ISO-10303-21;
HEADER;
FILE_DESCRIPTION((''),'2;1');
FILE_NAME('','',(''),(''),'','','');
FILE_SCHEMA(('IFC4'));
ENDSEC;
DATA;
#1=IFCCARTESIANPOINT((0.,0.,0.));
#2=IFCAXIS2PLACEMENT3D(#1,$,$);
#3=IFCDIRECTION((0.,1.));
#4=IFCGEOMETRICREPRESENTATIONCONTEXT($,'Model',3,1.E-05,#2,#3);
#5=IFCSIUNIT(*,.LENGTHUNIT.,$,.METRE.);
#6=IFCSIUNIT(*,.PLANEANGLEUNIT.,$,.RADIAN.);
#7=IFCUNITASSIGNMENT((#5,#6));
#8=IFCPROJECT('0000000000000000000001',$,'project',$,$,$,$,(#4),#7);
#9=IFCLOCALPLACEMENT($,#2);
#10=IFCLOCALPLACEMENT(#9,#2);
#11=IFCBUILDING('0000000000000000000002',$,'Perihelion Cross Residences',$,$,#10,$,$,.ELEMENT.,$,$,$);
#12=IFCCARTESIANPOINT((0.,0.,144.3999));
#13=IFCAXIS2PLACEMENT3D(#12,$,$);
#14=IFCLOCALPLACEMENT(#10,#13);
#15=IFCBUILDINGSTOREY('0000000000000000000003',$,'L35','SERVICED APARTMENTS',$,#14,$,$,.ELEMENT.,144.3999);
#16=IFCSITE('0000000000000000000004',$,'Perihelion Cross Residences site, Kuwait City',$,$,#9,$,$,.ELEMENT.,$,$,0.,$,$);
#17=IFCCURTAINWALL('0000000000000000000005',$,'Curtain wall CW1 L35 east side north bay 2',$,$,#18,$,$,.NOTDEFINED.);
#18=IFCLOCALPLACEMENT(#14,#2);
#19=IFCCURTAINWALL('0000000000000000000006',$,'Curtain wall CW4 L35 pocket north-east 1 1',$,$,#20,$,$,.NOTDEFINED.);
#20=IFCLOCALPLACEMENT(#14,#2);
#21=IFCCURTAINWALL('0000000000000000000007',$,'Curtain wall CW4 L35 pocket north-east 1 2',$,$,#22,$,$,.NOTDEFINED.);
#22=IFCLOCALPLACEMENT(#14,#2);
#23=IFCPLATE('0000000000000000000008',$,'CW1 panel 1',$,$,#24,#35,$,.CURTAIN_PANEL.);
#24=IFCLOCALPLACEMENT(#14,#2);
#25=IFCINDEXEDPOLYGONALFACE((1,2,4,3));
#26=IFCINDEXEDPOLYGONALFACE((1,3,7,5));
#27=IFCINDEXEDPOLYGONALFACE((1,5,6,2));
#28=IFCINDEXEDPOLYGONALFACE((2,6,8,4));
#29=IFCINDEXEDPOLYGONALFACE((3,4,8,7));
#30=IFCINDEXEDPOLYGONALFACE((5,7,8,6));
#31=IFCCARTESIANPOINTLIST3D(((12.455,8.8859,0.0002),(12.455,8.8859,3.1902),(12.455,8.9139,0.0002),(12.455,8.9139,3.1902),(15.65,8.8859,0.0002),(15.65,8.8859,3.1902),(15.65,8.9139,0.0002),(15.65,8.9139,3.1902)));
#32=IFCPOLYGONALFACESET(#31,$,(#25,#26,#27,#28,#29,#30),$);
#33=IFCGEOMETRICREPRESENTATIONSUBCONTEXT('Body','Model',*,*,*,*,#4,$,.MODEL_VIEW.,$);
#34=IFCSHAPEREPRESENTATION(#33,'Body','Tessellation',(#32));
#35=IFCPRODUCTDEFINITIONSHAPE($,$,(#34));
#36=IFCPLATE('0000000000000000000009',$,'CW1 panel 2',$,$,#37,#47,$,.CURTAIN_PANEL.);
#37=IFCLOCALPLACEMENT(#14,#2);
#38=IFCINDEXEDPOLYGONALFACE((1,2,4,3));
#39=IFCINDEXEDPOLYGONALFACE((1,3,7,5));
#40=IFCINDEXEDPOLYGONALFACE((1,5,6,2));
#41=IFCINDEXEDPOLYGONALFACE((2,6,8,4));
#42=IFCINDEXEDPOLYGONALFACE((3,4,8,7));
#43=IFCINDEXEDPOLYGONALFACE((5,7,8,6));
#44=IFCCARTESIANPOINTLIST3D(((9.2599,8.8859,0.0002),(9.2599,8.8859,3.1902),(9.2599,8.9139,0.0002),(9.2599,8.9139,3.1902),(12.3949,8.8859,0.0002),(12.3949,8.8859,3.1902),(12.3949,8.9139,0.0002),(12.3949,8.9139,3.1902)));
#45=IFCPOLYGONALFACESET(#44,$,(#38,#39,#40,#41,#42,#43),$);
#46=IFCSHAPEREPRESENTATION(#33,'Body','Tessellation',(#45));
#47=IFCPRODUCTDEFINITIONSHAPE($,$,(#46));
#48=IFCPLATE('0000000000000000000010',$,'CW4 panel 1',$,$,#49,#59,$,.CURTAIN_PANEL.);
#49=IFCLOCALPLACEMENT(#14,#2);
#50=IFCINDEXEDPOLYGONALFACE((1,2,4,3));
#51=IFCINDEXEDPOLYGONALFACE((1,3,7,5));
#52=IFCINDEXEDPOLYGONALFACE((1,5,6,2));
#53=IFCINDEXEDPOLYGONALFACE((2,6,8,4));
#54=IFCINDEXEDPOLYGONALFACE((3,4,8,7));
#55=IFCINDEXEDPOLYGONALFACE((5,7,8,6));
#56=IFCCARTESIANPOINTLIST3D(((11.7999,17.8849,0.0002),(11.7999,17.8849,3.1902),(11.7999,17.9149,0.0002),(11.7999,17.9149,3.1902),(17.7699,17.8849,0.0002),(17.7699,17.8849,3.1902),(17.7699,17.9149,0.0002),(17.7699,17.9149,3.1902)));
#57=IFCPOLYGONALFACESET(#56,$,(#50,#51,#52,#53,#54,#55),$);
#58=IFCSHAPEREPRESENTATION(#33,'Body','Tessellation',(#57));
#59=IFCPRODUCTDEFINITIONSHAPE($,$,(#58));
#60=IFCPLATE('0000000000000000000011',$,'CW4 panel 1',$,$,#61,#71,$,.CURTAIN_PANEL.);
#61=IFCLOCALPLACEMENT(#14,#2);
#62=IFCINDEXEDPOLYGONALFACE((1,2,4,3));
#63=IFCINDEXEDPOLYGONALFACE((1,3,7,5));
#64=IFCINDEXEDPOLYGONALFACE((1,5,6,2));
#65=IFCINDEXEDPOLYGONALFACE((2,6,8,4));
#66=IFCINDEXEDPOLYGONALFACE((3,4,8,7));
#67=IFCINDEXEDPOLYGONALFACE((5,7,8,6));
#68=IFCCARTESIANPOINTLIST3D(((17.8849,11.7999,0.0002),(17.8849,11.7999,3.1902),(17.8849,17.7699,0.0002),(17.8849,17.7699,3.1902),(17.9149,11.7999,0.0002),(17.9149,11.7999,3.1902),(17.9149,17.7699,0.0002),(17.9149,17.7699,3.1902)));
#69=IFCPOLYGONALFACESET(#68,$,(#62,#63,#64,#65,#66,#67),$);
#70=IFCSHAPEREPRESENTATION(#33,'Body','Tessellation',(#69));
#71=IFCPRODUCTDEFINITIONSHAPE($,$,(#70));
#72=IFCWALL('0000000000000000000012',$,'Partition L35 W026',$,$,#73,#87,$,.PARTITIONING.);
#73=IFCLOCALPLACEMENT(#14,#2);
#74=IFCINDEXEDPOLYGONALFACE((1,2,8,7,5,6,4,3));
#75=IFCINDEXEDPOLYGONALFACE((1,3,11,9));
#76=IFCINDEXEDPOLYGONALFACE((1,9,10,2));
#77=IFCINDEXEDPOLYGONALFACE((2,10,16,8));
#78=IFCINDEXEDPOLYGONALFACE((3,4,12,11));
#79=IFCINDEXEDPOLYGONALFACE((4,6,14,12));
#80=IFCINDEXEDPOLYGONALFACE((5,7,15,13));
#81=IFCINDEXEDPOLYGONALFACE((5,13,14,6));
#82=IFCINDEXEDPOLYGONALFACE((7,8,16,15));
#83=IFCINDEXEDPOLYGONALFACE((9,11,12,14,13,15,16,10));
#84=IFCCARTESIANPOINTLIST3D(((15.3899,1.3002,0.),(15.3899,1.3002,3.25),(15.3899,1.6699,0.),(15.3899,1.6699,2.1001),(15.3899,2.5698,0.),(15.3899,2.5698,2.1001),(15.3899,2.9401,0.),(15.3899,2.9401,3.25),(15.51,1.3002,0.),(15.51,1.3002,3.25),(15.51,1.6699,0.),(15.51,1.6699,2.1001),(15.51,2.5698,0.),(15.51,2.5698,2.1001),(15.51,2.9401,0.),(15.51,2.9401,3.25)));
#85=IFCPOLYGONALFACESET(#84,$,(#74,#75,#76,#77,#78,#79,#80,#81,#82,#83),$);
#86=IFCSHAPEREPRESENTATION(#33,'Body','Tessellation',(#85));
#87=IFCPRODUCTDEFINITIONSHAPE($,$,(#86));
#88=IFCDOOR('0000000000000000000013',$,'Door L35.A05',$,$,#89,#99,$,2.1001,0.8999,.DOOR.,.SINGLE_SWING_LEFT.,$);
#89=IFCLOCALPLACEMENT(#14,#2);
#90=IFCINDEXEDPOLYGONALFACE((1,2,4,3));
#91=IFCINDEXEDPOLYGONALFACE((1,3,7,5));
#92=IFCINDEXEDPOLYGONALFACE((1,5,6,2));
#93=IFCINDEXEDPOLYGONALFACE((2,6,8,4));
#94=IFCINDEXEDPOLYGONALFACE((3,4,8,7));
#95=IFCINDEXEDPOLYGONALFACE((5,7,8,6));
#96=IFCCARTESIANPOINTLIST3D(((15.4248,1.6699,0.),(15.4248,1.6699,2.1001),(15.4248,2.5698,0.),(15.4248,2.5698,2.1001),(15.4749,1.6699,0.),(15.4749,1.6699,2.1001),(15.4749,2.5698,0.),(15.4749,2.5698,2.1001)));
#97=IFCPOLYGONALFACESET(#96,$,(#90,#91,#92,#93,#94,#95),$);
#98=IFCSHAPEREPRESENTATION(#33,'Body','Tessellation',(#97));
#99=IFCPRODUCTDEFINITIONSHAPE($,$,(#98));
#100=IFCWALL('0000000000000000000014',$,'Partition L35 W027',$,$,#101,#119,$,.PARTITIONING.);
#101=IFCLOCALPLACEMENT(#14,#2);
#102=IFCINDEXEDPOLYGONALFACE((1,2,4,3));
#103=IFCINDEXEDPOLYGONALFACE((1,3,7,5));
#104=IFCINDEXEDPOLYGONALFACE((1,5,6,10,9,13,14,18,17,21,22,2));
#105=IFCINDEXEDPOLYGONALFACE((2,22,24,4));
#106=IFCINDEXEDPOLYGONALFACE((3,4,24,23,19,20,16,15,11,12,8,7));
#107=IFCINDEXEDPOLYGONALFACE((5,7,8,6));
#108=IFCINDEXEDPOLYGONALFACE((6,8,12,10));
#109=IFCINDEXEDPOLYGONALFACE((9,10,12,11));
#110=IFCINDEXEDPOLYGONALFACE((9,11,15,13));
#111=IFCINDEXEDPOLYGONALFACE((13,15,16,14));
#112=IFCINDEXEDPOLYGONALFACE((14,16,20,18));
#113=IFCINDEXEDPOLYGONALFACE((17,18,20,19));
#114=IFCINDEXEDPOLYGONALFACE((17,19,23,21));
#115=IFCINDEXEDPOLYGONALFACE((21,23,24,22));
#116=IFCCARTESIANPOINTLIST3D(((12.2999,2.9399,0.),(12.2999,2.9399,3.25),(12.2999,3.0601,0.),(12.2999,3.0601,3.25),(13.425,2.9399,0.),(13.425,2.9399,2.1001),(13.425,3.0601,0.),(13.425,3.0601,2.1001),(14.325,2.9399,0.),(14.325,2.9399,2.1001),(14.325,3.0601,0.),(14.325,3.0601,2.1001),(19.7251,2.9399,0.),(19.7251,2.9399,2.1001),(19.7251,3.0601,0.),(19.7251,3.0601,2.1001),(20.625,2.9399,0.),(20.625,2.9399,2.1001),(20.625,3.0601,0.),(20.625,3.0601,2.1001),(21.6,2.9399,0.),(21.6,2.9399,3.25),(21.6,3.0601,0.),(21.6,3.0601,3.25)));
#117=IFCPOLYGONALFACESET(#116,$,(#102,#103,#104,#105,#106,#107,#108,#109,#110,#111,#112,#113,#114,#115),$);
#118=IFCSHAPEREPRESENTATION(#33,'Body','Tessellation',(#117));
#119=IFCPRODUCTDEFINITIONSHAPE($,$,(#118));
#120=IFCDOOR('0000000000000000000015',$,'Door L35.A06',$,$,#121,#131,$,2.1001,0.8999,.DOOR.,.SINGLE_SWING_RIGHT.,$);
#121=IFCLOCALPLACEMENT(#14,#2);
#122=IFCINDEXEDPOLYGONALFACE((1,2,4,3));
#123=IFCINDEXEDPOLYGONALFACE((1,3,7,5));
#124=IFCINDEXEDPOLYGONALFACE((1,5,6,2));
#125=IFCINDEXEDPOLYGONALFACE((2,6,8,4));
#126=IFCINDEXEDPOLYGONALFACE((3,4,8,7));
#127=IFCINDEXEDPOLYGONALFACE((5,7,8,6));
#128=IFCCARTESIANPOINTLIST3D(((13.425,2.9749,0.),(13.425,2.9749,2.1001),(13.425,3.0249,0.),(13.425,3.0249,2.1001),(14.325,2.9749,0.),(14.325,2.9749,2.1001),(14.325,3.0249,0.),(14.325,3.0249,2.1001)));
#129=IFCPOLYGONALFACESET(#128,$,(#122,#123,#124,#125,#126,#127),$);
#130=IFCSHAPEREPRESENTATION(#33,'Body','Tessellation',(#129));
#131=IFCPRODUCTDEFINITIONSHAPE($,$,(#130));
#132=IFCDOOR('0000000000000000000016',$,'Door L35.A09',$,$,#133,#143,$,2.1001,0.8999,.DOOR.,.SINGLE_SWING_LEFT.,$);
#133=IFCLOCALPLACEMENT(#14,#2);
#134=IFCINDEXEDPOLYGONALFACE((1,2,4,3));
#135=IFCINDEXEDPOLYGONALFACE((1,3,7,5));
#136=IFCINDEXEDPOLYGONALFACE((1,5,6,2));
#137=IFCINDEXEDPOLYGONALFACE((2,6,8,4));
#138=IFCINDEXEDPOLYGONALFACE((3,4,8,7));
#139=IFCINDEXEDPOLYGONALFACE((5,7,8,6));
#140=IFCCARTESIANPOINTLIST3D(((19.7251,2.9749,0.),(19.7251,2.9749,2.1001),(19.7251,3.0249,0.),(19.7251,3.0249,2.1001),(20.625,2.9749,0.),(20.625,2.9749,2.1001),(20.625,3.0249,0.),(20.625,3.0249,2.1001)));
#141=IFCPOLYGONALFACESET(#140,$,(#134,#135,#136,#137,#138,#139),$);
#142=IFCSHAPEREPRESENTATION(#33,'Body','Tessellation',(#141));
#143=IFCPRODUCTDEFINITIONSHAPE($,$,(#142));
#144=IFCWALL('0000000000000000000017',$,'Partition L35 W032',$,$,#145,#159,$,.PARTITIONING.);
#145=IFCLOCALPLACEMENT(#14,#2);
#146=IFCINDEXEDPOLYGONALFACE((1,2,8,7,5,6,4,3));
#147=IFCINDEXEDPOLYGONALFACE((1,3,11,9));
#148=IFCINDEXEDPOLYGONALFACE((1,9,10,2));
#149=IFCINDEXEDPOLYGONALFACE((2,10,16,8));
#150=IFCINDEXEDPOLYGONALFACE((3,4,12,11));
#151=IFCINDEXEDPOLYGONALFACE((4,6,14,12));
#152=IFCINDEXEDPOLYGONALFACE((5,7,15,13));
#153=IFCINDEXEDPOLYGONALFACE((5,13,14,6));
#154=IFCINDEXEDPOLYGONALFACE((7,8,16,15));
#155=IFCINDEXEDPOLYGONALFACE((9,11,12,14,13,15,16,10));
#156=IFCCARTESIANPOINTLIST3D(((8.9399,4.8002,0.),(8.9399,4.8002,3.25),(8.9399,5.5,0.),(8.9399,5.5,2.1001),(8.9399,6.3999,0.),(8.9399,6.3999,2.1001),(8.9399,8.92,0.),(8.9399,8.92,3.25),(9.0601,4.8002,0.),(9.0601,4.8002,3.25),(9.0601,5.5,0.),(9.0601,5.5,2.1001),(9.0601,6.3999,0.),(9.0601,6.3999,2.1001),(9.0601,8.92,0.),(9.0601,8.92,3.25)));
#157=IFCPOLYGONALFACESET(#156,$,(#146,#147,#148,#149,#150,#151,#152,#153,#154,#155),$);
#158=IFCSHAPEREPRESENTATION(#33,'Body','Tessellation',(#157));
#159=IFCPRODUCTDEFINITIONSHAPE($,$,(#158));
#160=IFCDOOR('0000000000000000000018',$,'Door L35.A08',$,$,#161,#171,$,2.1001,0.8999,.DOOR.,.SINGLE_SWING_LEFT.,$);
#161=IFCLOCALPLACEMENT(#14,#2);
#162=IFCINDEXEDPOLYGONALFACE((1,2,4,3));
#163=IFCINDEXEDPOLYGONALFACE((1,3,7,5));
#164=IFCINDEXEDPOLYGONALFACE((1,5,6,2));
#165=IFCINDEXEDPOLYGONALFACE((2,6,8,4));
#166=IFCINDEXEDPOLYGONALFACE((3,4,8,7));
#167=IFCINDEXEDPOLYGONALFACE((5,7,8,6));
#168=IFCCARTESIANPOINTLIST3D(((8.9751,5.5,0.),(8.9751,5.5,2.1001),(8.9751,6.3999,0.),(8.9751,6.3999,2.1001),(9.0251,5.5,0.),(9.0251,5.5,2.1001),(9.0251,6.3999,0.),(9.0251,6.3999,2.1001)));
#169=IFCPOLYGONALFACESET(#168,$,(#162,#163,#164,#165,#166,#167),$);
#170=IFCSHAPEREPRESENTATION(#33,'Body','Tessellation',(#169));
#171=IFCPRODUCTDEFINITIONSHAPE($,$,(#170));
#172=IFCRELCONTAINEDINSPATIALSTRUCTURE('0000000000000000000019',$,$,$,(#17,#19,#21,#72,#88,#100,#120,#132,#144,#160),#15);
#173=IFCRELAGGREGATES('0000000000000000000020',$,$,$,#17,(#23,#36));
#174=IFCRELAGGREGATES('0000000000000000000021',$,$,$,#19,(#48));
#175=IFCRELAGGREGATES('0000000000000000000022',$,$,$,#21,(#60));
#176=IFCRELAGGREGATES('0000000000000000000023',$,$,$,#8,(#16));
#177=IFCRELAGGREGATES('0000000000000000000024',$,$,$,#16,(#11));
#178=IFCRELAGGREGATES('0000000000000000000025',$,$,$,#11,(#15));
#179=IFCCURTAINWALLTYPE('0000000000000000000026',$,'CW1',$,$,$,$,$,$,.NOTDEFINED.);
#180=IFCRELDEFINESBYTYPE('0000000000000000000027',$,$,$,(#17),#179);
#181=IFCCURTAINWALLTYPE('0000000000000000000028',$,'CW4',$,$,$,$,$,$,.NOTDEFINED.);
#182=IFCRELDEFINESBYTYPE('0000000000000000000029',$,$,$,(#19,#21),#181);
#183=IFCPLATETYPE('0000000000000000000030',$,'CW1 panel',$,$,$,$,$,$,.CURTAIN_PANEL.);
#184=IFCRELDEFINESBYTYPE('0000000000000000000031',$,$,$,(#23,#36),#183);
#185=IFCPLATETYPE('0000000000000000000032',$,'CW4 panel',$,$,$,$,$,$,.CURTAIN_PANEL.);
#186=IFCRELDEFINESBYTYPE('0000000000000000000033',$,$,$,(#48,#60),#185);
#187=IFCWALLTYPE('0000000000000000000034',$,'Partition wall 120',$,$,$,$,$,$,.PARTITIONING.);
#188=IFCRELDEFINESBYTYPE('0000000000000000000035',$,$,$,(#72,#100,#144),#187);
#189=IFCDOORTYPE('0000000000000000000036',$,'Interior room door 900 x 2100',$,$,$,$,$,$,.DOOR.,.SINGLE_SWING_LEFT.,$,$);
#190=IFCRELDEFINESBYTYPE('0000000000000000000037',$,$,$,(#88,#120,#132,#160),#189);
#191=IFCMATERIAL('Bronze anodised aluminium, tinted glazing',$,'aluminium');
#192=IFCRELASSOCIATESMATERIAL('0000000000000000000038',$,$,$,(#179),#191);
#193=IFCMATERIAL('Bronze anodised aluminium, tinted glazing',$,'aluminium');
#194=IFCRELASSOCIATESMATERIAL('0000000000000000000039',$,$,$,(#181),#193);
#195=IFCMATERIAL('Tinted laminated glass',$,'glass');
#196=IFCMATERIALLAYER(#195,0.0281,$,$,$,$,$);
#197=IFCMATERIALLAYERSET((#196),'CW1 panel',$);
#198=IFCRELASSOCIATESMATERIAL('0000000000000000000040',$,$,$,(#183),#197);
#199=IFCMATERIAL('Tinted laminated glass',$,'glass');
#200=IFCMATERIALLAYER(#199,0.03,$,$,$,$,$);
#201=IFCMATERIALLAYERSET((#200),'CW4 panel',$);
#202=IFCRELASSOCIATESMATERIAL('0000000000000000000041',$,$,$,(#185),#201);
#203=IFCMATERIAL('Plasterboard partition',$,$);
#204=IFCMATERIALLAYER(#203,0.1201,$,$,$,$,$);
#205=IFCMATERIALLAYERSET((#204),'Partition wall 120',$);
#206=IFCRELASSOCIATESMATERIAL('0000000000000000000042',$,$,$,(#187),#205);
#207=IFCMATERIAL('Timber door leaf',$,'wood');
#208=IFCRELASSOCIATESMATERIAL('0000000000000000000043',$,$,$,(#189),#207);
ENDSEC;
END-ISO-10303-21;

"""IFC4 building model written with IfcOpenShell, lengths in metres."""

from ifc_helpers import new_model, si_unit, direction, frame, frame_2d, origin, origin_2d, place, context, subcontext, project, spatial, rectangle, extrude, material, layer, layer_set, type_object, element, fill, aggregate, save


model = new_model("IFC4")

# Units and contexts
model_context = context("Model", 3, precision=1e-05, world=origin(), true_north=direction((0.0, 1.0)))
body_context = subcontext(model_context, "Body", "Model", "MODEL_VIEW")
ifc_project = project(units=[si_unit("LENGTHUNIT", "METRE"), si_unit("PLANEANGLEUNIT", "RADIAN")], contexts=[model_context])

# Site, building, storey
site_placement = place(None, origin())
site = spatial("IfcSite", under=ifc_project, at=site_placement, Name="Perihelion Cross Residences site, Kuwait City", CompositionType="ELEMENT", RefElevation=0.0)
building_placement = place(site_placement, origin())
building = spatial("IfcBuilding", under=site, at=building_placement, Name="Perihelion Cross Residences", CompositionType="ELEMENT")
storey_placement = place(building_placement, frame((0.0, 0.0, 144.3999)))
storey = spatial("IfcBuildingStorey", under=building, at=storey_placement, Name="L35", Description="SERVICED APARTMENTS", CompositionType="ELEMENT", Elevation=144.3999)

# Curtain walls
ifc_material_1 = material(Name="Bronze anodised aluminium, tinted glazing", Category="aluminium")
curtain_wall_type_1 = type_object("IfcCurtainWallType", Name="CW1", PredefinedType="NOTDEFINED", material=ifc_material_1)
curtain_wall_1_placement = place(storey_placement, origin())
curtain_wall_1 = element("IfcCurtainWall", 1, at=curtain_wall_1_placement, inside=storey, type_object=curtain_wall_type_1, Name="Curtain wall CW1 L35 east side north bay 2", PredefinedType="NOTDEFINED")
ifc_material_2 = material(Name="Bronze anodised aluminium, tinted glazing", Category="aluminium")
curtain_wall_type_2 = type_object("IfcCurtainWallType", Name="CW4", PredefinedType="NOTDEFINED", material=ifc_material_2)
curtain_wall_2_placement = place(storey_placement, origin())
curtain_wall_2 = element("IfcCurtainWall", 2, at=curtain_wall_2_placement, inside=storey, type_object=curtain_wall_type_2, Name="Curtain wall CW4 L35 pocket north-east 1 1", PredefinedType="NOTDEFINED")
curtain_wall_3_placement = place(storey_placement, origin())
curtain_wall_3 = element("IfcCurtainWall", 3, at=curtain_wall_3_placement, inside=storey, type_object=curtain_wall_type_2, Name="Curtain wall CW4 L35 pocket north-east 1 2", PredefinedType="NOTDEFINED")

# Plates
ifc_material_3 = material(Name="Tinted laminated glass", Category="glass")
ifc_layer_1 = layer(ifc_material_3, 0.0281)
ifc_layer_set_1 = layer_set([ifc_layer_1], Name="CW1 panel")
plate_type_1 = type_object("IfcPlateType", Name="CW1 panel", PredefinedType="CURTAIN_PANEL", material=ifc_layer_set_1)
plate_1_placement = place(storey_placement, frame((14.0525, 8.8999, 0.0002), z_axis=(0.0, 0.0, 1.0), x_axis=(-1.0, 0.0, 0.0)))
plate_1 = element("IfcPlate", 4, at=plate_1_placement, type_object=plate_type_1, Name="CW1 panel 1", PredefinedType="CURTAIN_PANEL", context=body_context, shape_type="SweptSolid", body=[
    extrude(rectangle(XDim=3.1951, YDim=0.0281, at=origin_2d()), origin(), (0.0, 0.0, 1.0), 3.1899),
])
plate_2_placement = place(storey_placement, frame((10.8274, 8.8999, 0.0002), z_axis=(0.0, 0.0, 1.0), x_axis=(-1.0, 0.0, 0.0)))
plate_2 = element("IfcPlate", 5, at=plate_2_placement, type_object=plate_type_1, Name="CW1 panel 2", PredefinedType="CURTAIN_PANEL", context=body_context, shape_type="SweptSolid", body=[
    extrude(rectangle(XDim=3.135, YDim=0.0281, at=origin_2d()), origin(), (0.0, 0.0, 1.0), 3.1899),
])
aggregate(curtain_wall_1, [plate_1, plate_2])
ifc_material_4 = material(Name="Tinted laminated glass", Category="glass")
ifc_layer_2 = layer(ifc_material_4, 0.03)
ifc_layer_set_2 = layer_set([ifc_layer_2], Name="CW4 panel")
plate_type_2 = type_object("IfcPlateType", Name="CW4 panel", PredefinedType="CURTAIN_PANEL", material=ifc_layer_set_2)
plate_3_placement = place(storey_placement, frame((14.7849, 17.8999, 0.0002), z_axis=(0.0, 0.0, 1.0), x_axis=(1.0, 0.0, 0.0)))
plate_3 = element("IfcPlate", 6, at=plate_3_placement, type_object=plate_type_2, Name="CW4 panel 1", PredefinedType="CURTAIN_PANEL", context=body_context, shape_type="SweptSolid", body=[
    extrude(rectangle(XDim=5.97, YDim=0.03, at=origin_2d()), origin(), (0.0, 0.0, 1.0), 3.1899),
])
aggregate(curtain_wall_2, [plate_3])
plate_4_placement = place(storey_placement, frame((17.8999, 14.7849, 0.0002), z_axis=(0.0, 0.0, 1.0), x_axis=(0.0, -1.0, 0.0)))
plate_4 = element("IfcPlate", 7, at=plate_4_placement, type_object=plate_type_2, Name="CW4 panel 1", PredefinedType="CURTAIN_PANEL", context=body_context, shape_type="SweptSolid", body=[
    extrude(rectangle(XDim=5.97, YDim=0.03, at=origin_2d()), origin(), (0.0, 0.0, 1.0), 3.1899),
])
aggregate(curtain_wall_3, [plate_4])

# Wall, opening, door
ifc_material_5 = material(Name="Plasterboard partition")
ifc_layer_3 = layer(ifc_material_5, 0.1201)
ifc_layer_set_3 = layer_set([ifc_layer_3], Name="Partition wall 120")
wall_type_1 = type_object("IfcWallType", Name="Partition wall 120", PredefinedType="PARTITIONING", material=ifc_layer_set_3)
wall_1_placement = place(storey_placement, frame((15.45, 2.9399, 0.0), z_axis=(0.0, 0.0, 1.0), x_axis=(0.0, -1.0, 0.0)))
wall_1 = element("IfcWall", 8, at=wall_1_placement, inside=storey, type_object=wall_type_1, Name="Partition L35 W026", PredefinedType="PARTITIONING", context=body_context, shape_type="SweptSolid", body=[
    extrude(rectangle(XDim=1.6399, YDim=0.1201, at=frame_2d((0.8198, 0.0))), origin(), (0.0, 0.0, 1.0), 3.25),
])
opening_1_placement = place(wall_1_placement, frame((0.3701, 0.0, 0.0)))
opening_1 = element("IfcOpeningElement", 9, at=opening_1_placement, cuts=wall_1, PredefinedType="OPENING", context=body_context, shape_type="SweptSolid", body=[
    extrude(rectangle(XDim=0.8999, YDim=2.1001, at=frame_2d((0.45, 1.05))), frame((0.0, 0.0701, 0.0), z_axis=(0.0, -1.0, 0.0), x_axis=(1.0, 0.0, 0.0)), (0.0, 0.0, 1.0), 0.1401),
])
ifc_material_6 = material(Name="Timber door leaf", Category="wood")
door_type_1 = type_object("IfcDoorType", Name="Interior room door 900 x 2100", OperationType="SINGLE_SWING_LEFT", PredefinedType="DOOR", material=ifc_material_6)
door_1_placement = place(opening_1_placement, origin())
door_1 = element("IfcDoor", 10, at=door_1_placement, inside=storey, type_object=door_type_1, Name="Door L35.A05", OperationType="SINGLE_SWING_LEFT", OverallHeight=2.1001, OverallWidth=0.8999, PredefinedType="DOOR", context=body_context, shape_type="SweptSolid", body=[
    extrude(rectangle(XDim=0.8999, YDim=2.1001, at=frame_2d((0.45, 1.05))), frame((0.0, 0.0249, 0.0), z_axis=(0.0, -1.0, 0.0), x_axis=(1.0, 0.0, 0.0)), (0.0, 0.0, 1.0), 0.05),
])
fill(opening_1, door_1)

# Wall, openings, doors
wall_2_placement = place(storey_placement, frame((12.3, 3.0, 0.0), z_axis=(0.0, 0.0, 1.0), x_axis=(1.0, 0.0, 0.0)))
wall_2 = element("IfcWall", 11, at=wall_2_placement, inside=storey, type_object=wall_type_1, Name="Partition L35 W027", PredefinedType="PARTITIONING", context=body_context, shape_type="SweptSolid", body=[
    extrude(rectangle(XDim=9.3, YDim=0.1201, at=frame_2d((4.6499, 0.0))), origin(), (0.0, 0.0, 1.0), 3.25),
])
opening_2_placement = place(wall_2_placement, frame((1.125, 0.0, 0.0)))
opening_2 = element("IfcOpeningElement", 12, at=opening_2_placement, cuts=wall_2, PredefinedType="OPENING", context=body_context, shape_type="SweptSolid", body=[
    extrude(rectangle(XDim=0.8999, YDim=2.1001, at=frame_2d((0.45, 1.05))), frame((0.0, 0.0701, 0.0), z_axis=(0.0, -1.0, 0.0), x_axis=(1.0, 0.0, 0.0)), (0.0, 0.0, 1.0), 0.1401),
])
opening_3_placement = place(wall_2_placement, frame((7.425, 0.0, 0.0)))
opening_3 = element("IfcOpeningElement", 13, at=opening_3_placement, cuts=wall_2, PredefinedType="OPENING", context=body_context, shape_type="SweptSolid", body=[
    extrude(rectangle(XDim=0.8999, YDim=2.1001, at=frame_2d((0.45, 1.05))), frame((0.0, 0.0701, 0.0), z_axis=(0.0, -1.0, 0.0), x_axis=(1.0, 0.0, 0.0)), (0.0, 0.0, 1.0), 0.1401),
])
door_2_placement = place(opening_2_placement, origin())
door_2 = element("IfcDoor", 14, at=door_2_placement, inside=storey, type_object=door_type_1, Name="Door L35.A06", OperationType="SINGLE_SWING_RIGHT", OverallHeight=2.1001, OverallWidth=0.8999, PredefinedType="DOOR", context=body_context, shape_type="SweptSolid", body=[
    extrude(rectangle(XDim=0.8999, YDim=2.1001, at=frame_2d((0.45, 1.05))), frame((0.0, 0.0249, 0.0), z_axis=(0.0, -1.0, 0.0), x_axis=(1.0, 0.0, 0.0)), (0.0, 0.0, 1.0), 0.05),
])
fill(opening_2, door_2)
door_3_placement = place(opening_3_placement, origin())
door_3 = element("IfcDoor", 15, at=door_3_placement, inside=storey, type_object=door_type_1, Name="Door L35.A09", OperationType="SINGLE_SWING_LEFT", OverallHeight=2.1001, OverallWidth=0.8999, PredefinedType="DOOR", context=body_context, shape_type="SweptSolid", body=[
    extrude(rectangle(XDim=0.8999, YDim=2.1001, at=frame_2d((0.45, 1.05))), frame((0.0, 0.0249, 0.0), z_axis=(0.0, -1.0, 0.0), x_axis=(1.0, 0.0, 0.0)), (0.0, 0.0, 1.0), 0.05),
])
fill(opening_3, door_3)

# Wall, opening, door
wall_3_placement = place(storey_placement, frame((9.0, 4.8, 0.0), z_axis=(0.0, 0.0, 1.0), x_axis=(0.0, 1.0, 0.0)))
wall_3 = element("IfcWall", 16, at=wall_3_placement, inside=storey, type_object=wall_type_1, Name="Partition L35 W032", PredefinedType="PARTITIONING", context=body_context, shape_type="SweptSolid", body=[
    extrude(rectangle(XDim=4.1199, YDim=0.1201, at=frame_2d((2.0601, 0.0))), origin(), (0.0, 0.0, 1.0), 3.25),
])
opening_4_placement = place(wall_3_placement, frame((0.7, 0.0, 0.0)))
opening_4 = element("IfcOpeningElement", 17, at=opening_4_placement, cuts=wall_3, PredefinedType="OPENING", context=body_context, shape_type="SweptSolid", body=[
    extrude(rectangle(XDim=0.8999, YDim=2.1001, at=frame_2d((0.45, 1.05))), frame((0.0, 0.0701, 0.0), z_axis=(0.0, -1.0, 0.0), x_axis=(1.0, 0.0, 0.0)), (0.0, 0.0, 1.0), 0.1401),
])
door_4_placement = place(opening_4_placement, origin())
door_4 = element("IfcDoor", 18, at=door_4_placement, inside=storey, type_object=door_type_1, Name="Door L35.A08", OperationType="SINGLE_SWING_LEFT", OverallHeight=2.1001, OverallWidth=0.8999, PredefinedType="DOOR", context=body_context, shape_type="SweptSolid", body=[
    extrude(rectangle(XDim=0.8999, YDim=2.1001, at=frame_2d((0.45, 1.05))), frame((0.0, 0.0249, 0.0), z_axis=(0.0, -1.0, 0.0), x_axis=(1.0, 0.0, 0.0)), (0.0, 0.0, 1.0), 0.05),
])
fill(opening_4, door_4)

save(model, "model.ifc")
